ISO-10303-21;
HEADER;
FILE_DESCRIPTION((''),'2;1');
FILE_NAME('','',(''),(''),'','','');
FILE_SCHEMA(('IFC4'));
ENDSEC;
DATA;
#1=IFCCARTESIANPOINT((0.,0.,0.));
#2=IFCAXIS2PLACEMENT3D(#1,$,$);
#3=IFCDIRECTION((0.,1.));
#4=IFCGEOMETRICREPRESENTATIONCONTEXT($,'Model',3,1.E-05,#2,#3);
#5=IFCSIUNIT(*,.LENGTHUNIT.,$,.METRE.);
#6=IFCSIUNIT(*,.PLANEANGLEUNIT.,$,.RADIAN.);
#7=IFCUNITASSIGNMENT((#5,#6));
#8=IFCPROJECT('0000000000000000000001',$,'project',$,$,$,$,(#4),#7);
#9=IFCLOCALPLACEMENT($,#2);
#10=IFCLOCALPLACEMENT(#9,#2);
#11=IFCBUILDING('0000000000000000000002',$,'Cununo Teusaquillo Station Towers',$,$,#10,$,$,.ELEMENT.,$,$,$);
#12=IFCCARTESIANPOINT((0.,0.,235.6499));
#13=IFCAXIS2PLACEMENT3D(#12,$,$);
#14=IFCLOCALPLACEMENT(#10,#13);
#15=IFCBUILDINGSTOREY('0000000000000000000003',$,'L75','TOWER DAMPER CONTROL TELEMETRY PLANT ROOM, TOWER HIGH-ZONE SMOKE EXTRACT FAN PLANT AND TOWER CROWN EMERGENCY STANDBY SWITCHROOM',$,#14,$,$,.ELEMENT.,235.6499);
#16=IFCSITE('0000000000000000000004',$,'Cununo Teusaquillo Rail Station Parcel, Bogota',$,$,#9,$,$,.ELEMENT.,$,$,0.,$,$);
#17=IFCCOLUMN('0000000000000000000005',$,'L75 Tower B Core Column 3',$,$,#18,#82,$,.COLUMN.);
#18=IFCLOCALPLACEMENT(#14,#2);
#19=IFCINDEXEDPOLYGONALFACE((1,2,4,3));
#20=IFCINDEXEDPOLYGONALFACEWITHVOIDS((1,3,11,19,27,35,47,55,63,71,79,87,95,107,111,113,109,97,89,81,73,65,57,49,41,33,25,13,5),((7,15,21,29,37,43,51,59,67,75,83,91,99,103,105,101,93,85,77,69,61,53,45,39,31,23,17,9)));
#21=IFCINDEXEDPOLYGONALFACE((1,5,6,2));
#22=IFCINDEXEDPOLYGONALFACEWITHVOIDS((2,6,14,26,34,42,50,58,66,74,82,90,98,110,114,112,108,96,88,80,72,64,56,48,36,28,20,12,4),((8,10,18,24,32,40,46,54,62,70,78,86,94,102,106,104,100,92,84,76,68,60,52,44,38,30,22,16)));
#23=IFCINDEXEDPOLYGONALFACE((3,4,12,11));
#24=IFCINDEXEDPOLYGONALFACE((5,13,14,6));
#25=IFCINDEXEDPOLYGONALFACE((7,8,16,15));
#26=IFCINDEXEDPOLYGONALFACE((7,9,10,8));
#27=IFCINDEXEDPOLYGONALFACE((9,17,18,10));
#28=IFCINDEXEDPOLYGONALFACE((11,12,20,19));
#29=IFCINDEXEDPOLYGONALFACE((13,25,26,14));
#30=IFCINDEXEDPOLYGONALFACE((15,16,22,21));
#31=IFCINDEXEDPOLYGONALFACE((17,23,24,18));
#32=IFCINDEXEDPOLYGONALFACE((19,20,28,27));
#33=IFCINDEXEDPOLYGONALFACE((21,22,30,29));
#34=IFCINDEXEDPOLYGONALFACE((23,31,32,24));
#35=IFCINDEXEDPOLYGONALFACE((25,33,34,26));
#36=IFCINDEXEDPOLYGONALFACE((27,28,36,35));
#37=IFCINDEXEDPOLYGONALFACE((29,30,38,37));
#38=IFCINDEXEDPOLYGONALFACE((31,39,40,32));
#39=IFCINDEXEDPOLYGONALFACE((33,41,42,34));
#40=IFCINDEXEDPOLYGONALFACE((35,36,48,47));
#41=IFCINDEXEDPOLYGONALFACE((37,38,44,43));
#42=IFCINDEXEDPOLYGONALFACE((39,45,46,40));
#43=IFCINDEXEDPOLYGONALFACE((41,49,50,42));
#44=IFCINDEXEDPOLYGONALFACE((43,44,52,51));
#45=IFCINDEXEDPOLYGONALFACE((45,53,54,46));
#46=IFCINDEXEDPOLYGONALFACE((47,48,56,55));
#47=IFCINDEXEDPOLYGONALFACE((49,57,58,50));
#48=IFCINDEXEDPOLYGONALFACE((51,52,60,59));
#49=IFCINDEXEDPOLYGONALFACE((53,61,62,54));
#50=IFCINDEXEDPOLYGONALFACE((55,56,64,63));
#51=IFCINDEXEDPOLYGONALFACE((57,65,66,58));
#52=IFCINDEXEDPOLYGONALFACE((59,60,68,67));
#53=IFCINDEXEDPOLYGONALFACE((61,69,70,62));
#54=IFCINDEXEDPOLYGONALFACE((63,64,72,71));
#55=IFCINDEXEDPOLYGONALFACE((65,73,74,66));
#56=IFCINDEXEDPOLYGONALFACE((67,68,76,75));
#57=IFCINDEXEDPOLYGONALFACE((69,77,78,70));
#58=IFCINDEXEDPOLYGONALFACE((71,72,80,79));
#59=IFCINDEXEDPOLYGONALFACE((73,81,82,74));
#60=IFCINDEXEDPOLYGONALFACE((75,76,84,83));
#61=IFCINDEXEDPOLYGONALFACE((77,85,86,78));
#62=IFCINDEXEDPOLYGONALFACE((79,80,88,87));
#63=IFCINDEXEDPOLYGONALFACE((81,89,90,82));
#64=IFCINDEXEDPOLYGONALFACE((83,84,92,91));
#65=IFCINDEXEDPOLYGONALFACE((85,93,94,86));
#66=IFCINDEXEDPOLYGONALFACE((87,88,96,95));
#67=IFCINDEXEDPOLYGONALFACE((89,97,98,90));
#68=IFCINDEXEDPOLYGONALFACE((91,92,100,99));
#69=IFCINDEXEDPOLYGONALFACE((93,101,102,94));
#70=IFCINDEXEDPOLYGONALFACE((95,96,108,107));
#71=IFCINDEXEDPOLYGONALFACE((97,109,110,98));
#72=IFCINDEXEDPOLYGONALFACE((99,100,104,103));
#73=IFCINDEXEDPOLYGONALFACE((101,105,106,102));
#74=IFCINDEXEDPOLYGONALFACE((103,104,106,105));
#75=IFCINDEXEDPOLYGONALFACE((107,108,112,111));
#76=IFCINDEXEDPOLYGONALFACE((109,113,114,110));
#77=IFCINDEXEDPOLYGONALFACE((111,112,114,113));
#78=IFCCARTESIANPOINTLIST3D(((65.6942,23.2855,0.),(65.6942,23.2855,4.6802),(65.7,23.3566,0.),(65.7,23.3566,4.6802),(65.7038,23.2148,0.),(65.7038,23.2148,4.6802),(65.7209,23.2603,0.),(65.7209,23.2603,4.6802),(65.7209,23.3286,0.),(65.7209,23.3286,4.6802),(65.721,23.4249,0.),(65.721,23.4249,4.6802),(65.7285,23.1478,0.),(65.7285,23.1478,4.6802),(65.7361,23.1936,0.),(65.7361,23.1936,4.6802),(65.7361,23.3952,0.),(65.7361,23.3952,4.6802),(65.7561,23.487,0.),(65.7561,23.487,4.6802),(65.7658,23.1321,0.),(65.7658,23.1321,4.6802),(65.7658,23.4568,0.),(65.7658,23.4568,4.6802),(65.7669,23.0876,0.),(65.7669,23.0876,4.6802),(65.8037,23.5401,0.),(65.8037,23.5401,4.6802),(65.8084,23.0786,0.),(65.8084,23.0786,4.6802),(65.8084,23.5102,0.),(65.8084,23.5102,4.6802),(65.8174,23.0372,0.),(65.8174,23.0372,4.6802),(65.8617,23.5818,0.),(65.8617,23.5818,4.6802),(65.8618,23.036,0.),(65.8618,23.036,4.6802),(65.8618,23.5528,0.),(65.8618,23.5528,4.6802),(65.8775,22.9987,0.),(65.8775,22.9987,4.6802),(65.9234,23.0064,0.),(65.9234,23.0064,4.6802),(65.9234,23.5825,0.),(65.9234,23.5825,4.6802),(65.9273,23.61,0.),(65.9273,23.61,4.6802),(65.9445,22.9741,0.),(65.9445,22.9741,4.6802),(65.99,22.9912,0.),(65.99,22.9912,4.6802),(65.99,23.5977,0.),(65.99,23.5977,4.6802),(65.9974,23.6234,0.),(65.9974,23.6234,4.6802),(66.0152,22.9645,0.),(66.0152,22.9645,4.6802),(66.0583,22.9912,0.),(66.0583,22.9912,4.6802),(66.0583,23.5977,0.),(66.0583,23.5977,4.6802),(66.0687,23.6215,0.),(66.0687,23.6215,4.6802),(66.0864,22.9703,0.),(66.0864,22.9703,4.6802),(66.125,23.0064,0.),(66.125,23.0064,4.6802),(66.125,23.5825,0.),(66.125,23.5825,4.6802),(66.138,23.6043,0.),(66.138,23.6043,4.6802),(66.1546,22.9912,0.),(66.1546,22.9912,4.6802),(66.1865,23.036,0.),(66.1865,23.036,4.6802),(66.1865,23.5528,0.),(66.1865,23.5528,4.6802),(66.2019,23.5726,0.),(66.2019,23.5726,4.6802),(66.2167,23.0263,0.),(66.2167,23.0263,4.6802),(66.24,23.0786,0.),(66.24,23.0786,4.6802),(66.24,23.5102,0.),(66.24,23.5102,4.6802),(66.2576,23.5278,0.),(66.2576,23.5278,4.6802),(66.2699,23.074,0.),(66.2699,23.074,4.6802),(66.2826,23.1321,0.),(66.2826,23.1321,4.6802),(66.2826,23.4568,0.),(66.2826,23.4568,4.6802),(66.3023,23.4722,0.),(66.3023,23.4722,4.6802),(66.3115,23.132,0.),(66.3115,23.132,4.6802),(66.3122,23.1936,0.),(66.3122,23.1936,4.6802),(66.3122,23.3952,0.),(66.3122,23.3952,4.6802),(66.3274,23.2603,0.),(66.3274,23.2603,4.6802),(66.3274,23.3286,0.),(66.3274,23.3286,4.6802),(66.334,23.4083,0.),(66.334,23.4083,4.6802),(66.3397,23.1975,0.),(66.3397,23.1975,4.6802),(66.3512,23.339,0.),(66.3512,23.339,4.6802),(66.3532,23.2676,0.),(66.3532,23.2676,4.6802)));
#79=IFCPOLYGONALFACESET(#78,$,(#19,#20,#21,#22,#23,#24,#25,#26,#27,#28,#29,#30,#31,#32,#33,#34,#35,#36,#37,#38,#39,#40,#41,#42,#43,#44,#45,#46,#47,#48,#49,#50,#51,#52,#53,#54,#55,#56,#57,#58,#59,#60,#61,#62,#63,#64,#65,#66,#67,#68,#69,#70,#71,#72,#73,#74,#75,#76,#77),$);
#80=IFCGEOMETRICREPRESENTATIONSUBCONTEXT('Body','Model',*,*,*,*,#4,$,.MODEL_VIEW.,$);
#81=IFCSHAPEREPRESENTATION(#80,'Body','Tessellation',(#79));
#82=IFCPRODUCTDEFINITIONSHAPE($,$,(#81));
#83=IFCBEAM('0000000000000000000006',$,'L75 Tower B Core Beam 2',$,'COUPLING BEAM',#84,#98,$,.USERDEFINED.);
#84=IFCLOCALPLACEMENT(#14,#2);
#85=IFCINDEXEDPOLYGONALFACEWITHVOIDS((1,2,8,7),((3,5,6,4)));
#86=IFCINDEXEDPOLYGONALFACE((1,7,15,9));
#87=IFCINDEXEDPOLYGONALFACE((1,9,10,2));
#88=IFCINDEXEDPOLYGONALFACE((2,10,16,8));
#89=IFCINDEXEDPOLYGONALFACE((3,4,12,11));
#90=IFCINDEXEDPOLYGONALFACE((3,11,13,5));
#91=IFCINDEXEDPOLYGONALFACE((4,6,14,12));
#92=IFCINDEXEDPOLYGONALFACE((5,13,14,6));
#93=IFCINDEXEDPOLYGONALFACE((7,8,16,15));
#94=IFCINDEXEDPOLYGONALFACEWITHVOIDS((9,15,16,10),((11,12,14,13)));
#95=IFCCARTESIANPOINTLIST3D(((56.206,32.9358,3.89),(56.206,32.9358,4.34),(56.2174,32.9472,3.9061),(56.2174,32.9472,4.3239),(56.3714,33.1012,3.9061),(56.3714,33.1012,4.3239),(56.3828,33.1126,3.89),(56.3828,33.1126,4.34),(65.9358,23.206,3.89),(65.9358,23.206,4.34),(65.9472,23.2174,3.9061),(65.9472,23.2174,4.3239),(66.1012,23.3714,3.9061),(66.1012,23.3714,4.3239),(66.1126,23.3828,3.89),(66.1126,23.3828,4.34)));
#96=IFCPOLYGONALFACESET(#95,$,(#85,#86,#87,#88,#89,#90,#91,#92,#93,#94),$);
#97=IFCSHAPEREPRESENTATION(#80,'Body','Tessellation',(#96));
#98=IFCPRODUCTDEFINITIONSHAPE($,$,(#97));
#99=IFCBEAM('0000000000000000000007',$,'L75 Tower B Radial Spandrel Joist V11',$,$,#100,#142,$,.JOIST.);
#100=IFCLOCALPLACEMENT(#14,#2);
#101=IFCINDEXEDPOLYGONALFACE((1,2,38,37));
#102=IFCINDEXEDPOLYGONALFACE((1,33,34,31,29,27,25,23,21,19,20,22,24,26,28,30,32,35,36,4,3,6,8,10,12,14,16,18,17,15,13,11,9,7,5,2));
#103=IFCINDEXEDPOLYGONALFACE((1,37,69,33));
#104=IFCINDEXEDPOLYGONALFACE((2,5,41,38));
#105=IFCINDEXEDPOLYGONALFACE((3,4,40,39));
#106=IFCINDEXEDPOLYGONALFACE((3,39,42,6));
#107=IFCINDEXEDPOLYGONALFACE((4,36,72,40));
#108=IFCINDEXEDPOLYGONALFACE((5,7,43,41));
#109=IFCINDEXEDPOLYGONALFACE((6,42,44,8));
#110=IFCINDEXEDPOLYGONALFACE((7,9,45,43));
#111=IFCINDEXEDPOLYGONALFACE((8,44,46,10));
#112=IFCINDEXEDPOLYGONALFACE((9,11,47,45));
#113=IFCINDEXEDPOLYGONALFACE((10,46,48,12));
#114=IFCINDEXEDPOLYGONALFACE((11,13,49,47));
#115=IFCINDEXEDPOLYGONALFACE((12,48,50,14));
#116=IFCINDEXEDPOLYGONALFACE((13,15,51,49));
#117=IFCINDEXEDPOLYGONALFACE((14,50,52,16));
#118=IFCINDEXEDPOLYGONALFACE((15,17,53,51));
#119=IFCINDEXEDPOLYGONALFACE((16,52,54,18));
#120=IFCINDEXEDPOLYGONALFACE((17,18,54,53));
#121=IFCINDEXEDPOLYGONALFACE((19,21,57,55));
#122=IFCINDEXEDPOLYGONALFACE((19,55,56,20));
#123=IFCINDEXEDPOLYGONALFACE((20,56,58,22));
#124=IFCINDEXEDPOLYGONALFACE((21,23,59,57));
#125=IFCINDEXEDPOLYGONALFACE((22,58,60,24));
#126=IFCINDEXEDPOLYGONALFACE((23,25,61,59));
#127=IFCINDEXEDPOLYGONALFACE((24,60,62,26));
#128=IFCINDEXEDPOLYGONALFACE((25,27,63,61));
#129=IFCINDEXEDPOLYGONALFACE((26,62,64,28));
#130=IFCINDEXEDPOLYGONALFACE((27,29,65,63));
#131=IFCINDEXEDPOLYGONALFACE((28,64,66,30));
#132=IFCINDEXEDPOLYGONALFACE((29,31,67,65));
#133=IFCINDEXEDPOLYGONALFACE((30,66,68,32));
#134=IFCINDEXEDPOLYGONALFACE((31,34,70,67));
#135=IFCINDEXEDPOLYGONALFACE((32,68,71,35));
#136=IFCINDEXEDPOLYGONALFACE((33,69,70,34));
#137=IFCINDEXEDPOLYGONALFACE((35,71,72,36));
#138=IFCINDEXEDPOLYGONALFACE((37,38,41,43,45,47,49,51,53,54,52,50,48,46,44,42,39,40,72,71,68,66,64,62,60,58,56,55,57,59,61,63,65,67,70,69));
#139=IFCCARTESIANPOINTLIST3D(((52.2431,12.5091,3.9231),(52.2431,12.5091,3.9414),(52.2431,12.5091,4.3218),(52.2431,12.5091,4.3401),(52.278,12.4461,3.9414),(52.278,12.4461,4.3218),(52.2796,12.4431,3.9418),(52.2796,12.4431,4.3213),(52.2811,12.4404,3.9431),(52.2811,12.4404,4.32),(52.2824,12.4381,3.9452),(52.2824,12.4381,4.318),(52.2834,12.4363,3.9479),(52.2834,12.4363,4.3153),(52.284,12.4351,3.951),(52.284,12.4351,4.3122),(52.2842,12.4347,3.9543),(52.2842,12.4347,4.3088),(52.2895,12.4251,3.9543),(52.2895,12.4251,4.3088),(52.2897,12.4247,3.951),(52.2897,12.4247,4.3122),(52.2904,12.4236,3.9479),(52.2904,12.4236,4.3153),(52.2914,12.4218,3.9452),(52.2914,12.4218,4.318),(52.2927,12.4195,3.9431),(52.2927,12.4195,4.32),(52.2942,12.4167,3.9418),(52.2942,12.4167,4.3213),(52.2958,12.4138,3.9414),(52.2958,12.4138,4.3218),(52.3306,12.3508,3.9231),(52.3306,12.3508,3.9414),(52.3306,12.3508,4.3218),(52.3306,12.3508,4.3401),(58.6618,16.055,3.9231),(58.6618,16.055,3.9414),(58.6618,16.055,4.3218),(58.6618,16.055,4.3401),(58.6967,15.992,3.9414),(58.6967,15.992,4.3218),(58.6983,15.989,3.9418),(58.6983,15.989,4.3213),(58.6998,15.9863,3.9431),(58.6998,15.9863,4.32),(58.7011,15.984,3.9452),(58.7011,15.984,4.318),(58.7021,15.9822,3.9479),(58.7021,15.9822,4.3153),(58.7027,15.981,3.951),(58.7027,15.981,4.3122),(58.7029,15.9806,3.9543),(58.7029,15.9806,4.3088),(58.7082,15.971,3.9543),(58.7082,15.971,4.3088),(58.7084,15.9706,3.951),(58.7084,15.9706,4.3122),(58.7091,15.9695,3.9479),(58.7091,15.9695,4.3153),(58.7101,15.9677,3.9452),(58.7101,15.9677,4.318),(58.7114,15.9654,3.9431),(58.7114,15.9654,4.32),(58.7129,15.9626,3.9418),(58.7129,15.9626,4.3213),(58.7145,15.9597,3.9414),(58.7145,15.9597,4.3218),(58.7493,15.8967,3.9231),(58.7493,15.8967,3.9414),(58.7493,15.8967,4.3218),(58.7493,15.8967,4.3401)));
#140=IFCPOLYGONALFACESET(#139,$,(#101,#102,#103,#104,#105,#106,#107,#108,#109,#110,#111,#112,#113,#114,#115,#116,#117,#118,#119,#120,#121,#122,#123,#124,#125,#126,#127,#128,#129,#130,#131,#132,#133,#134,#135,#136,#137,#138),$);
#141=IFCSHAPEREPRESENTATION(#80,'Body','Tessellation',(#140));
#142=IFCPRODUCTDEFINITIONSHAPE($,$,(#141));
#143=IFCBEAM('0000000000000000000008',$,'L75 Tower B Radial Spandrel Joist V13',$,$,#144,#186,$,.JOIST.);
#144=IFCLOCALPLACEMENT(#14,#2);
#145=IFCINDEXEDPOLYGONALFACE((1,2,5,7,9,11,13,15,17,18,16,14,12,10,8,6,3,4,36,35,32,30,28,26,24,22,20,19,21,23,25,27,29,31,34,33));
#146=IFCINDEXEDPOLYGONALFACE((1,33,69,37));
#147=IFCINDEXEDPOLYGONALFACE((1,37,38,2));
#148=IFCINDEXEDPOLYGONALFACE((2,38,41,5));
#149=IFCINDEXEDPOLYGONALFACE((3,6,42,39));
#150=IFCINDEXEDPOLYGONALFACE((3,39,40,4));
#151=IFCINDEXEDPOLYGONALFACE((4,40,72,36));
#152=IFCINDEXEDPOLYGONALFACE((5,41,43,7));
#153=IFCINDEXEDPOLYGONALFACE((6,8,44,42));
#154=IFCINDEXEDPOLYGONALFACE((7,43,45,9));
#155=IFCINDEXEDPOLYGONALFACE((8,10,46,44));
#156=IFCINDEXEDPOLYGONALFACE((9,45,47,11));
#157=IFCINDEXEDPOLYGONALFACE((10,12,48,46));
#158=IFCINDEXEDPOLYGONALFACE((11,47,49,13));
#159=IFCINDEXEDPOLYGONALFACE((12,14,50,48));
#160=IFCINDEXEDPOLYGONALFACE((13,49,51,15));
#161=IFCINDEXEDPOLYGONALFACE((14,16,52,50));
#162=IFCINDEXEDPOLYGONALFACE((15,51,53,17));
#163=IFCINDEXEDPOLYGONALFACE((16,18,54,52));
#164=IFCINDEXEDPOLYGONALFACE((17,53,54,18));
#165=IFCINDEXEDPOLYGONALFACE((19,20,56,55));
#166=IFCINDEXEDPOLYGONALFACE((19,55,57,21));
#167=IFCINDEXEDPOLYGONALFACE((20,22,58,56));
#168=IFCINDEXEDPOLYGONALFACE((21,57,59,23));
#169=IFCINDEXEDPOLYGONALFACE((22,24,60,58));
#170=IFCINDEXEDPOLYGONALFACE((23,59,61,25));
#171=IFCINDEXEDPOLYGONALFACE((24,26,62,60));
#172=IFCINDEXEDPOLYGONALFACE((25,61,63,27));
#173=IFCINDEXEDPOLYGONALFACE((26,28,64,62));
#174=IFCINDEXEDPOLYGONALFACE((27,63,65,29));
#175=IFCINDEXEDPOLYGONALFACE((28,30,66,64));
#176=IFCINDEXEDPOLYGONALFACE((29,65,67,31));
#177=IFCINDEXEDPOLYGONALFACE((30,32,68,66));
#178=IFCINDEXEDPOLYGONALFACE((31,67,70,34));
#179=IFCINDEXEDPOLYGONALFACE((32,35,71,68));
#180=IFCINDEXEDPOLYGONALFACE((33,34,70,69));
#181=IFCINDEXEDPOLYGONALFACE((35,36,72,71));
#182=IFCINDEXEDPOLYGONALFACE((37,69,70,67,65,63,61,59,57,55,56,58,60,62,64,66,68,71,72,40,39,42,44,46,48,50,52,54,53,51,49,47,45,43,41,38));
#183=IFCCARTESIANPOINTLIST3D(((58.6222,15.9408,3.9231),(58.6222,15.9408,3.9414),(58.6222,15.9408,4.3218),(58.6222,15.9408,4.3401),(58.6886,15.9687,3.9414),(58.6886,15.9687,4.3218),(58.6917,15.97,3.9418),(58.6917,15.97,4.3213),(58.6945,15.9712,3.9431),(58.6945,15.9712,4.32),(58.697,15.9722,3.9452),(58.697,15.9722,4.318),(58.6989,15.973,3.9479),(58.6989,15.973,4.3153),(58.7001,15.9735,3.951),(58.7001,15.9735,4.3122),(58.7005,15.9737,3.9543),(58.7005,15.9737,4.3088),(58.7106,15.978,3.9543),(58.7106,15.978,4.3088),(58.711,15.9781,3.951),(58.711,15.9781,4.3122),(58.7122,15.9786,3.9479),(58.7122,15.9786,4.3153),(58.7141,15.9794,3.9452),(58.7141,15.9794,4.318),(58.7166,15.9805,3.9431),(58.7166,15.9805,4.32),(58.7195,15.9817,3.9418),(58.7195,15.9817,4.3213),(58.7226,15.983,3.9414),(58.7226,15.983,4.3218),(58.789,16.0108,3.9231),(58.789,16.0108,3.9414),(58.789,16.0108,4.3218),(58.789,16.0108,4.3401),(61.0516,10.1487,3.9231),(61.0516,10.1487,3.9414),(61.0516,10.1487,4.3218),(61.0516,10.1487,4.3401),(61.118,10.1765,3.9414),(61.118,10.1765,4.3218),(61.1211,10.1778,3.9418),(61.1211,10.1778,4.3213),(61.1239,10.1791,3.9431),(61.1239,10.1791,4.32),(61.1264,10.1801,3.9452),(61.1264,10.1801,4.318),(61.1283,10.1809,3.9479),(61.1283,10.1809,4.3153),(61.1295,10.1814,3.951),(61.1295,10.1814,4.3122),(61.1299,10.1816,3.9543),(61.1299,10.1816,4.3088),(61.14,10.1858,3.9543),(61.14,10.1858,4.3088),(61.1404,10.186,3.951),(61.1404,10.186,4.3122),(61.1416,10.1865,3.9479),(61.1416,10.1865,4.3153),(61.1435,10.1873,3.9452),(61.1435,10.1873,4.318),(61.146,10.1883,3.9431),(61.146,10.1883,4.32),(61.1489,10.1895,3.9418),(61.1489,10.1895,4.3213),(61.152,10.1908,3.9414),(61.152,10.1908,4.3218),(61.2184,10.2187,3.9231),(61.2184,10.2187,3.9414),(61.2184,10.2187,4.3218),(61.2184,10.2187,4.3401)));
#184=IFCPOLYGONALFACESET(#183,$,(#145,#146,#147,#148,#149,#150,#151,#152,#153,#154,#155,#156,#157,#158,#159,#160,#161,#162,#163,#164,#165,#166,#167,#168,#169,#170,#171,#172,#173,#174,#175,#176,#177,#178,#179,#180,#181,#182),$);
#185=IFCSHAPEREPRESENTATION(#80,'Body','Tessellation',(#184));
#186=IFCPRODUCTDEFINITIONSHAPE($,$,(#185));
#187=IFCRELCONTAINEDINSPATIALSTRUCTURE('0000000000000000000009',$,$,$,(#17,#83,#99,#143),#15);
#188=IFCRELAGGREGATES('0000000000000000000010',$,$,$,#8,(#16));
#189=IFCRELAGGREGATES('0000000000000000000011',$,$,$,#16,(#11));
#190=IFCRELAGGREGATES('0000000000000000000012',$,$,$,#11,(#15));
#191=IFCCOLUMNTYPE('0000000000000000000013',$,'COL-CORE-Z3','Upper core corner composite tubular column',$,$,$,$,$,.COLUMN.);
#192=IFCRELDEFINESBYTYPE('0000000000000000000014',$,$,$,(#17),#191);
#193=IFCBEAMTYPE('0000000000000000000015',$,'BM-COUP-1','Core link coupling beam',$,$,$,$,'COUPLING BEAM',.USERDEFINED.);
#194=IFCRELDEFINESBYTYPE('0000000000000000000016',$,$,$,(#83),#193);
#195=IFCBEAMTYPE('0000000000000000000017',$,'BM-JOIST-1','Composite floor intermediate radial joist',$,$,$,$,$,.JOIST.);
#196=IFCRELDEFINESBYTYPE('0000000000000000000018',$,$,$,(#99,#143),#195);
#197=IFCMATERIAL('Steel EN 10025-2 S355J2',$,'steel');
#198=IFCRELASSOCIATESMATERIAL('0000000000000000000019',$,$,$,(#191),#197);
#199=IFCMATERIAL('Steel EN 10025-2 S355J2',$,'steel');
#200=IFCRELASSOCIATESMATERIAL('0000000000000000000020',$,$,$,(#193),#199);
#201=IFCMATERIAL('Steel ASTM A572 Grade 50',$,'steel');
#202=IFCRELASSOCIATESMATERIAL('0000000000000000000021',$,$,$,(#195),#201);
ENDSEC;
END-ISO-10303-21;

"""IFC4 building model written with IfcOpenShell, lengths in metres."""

from ifc_helpers import new_model, si_unit, direction, frame, origin, origin_2d, place, context, subcontext, project, spatial, hollow_rectangle, hollow_circle, i_section, extrude, material, material_profile, profile_set, type_object, element, save


model = new_model("IFC4")

# Units and contexts
model_context = context("Model", 3, precision=1e-05, world=origin(), true_north=direction((0.0, 1.0)))
body_context = subcontext(model_context, "Body", "Model", "MODEL_VIEW")
ifc_project = project(units=[si_unit("LENGTHUNIT", "METRE"), si_unit("PLANEANGLEUNIT", "RADIAN")], contexts=[model_context])

# Site, building, storey
site_placement = place(None, origin())
site = spatial("IfcSite", under=ifc_project, at=site_placement, Name="Cununo Teusaquillo Rail Station Parcel, Bogota", CompositionType="ELEMENT", RefElevation=0.0)
building_placement = place(site_placement, origin())
building = spatial("IfcBuilding", under=site, at=building_placement, Name="Cununo Teusaquillo Station Towers", CompositionType="ELEMENT")
storey_placement = place(building_placement, frame((0.0, 0.0, 235.6499)))
storey = spatial("IfcBuildingStorey", under=building, at=storey_placement, Name="L75", Description="TOWER DAMPER CONTROL TELEMETRY PLANT ROOM, TOWER HIGH-ZONE SMOKE EXTRACT FAN PLANT AND TOWER CROWN EMERGENCY STANDBY SWITCHROOM", CompositionType="ELEMENT", Elevation=235.6499)

# Column
ifc_material_1 = material(Name="Steel EN 10025-2 S355J2", Category="steel")
ifc_material_profile_1 = material_profile(ifc_material_1, hollow_circle(Radius=0.3301, WallThickness=0.0249, at=origin_2d()), Name="CHS 660x25")
ifc_profile_set_1 = profile_set([ifc_material_profile_1], Name="Steel EN 10025-2 S355J2")
column_type = type_object("IfcColumnType", Name="COL-CORE-Z3", Description="Upper core corner composite tubular column", PredefinedType="COLUMN", material=ifc_profile_set_1)
column_placement = place(storey_placement, frame((66.0242, 23.2944, 0.0), z_axis=(0.0, 0.0, 1.0), x_axis=(0.707107, 0.707107, 0.0)))
element("IfcColumn", 1, at=column_placement, inside=storey, type_object=column_type, Name="L75 Tower B Core Column 3", PredefinedType="COLUMN", context=body_context, shape_type="SweptSolid", body=[
    extrude(hollow_circle(Radius=0.3301, WallThickness=0.0249, at=origin_2d()), origin(), (0.0, 0.0, 1.0), 4.6802),
])

# Beams
ifc_material_2 = material(Name="Steel EN 10025-2 S355J2", Category="steel")
ifc_material_profile_2 = material_profile(ifc_material_2, hollow_rectangle(XDim=0.25, YDim=0.45, WallThickness=0.0161, at=origin_2d()), Name="RHS 450x250x16")
ifc_profile_set_2 = profile_set([ifc_material_profile_2], Name="Steel EN 10025-2 S355J2")
beam_type_1 = type_object("IfcBeamType", Name="BM-COUP-1", Description="Core link coupling beam", ElementType="COUPLING BEAM", PredefinedType="USERDEFINED", material=ifc_profile_set_2)
beam_1_placement = place(storey_placement, frame((66.0242, 23.2944, 4.115), z_axis=(-0.707107, 0.707107, 0.0), x_axis=(-0.707107, -0.707107, 0.0)))
element("IfcBeam", 2, at=beam_1_placement, inside=storey, type_object=beam_type_1, Name="L75 Tower B Core Beam 2", ObjectType="COUPLING BEAM", PredefinedType="USERDEFINED", context=body_context, shape_type="SweptSolid", body=[
    extrude(hollow_rectangle(XDim=0.25, YDim=0.45, WallThickness=0.0161, at=origin_2d()), origin(), (0.0, 0.0, 1.0), 13.76),
])
ifc_material_3 = material(Name="Steel ASTM A572 Grade 50", Category="steel")
ifc_material_profile_3 = material_profile(ifc_material_3, i_section(OverallWidth=0.1809, OverallDepth=0.417, WebThickness=0.011, FlangeThickness=0.0183, FilletRadius=0.0129, at=origin_2d()), Name="W16X57")
ifc_profile_set_3 = profile_set([ifc_material_profile_3], Name="Steel ASTM A572 Grade 50")
beam_type_2 = type_object("IfcBeamType", Name="BM-JOIST-1", Description="Composite floor intermediate radial joist", PredefinedType="JOIST", material=ifc_profile_set_3)
beam_2_placement = place(storey_placement, frame((58.7056, 15.9758, 4.1316), z_axis=(-0.875315, -0.483553, 0.0), x_axis=(0.483553, -0.875315, 0.0)))
element("IfcBeam", 3, at=beam_2_placement, inside=storey, type_object=beam_type_2, Name="L75 Tower B Radial Spandrel Joist V11", PredefinedType="JOIST", context=body_context, shape_type="SweptSolid", body=[
    extrude(i_section(OverallWidth=0.1809, OverallDepth=0.417, WebThickness=0.011, FlangeThickness=0.0183, FilletRadius=0.0129, at=origin_2d()), origin(), (0.0, 0.0, 1.0), 7.333),
])
beam_3_placement = place(storey_placement, frame((58.7056, 15.9758, 4.1316), z_axis=(0.386786, -0.922169, 0.0), x_axis=(0.922169, 0.386786, 0.0)))
element("IfcBeam", 4, at=beam_3_placement, inside=storey, type_object=beam_type_2, Name="L75 Tower B Radial Spandrel Joist V13", PredefinedType="JOIST", context=body_context, shape_type="SweptSolid", body=[
    extrude(i_section(OverallWidth=0.1809, OverallDepth=0.417, WebThickness=0.011, FlangeThickness=0.0183, FilletRadius=0.0129, at=origin_2d()), origin(), (0.0, 0.0, 1.0), 6.281),
])

save(model, "model.ifc")
